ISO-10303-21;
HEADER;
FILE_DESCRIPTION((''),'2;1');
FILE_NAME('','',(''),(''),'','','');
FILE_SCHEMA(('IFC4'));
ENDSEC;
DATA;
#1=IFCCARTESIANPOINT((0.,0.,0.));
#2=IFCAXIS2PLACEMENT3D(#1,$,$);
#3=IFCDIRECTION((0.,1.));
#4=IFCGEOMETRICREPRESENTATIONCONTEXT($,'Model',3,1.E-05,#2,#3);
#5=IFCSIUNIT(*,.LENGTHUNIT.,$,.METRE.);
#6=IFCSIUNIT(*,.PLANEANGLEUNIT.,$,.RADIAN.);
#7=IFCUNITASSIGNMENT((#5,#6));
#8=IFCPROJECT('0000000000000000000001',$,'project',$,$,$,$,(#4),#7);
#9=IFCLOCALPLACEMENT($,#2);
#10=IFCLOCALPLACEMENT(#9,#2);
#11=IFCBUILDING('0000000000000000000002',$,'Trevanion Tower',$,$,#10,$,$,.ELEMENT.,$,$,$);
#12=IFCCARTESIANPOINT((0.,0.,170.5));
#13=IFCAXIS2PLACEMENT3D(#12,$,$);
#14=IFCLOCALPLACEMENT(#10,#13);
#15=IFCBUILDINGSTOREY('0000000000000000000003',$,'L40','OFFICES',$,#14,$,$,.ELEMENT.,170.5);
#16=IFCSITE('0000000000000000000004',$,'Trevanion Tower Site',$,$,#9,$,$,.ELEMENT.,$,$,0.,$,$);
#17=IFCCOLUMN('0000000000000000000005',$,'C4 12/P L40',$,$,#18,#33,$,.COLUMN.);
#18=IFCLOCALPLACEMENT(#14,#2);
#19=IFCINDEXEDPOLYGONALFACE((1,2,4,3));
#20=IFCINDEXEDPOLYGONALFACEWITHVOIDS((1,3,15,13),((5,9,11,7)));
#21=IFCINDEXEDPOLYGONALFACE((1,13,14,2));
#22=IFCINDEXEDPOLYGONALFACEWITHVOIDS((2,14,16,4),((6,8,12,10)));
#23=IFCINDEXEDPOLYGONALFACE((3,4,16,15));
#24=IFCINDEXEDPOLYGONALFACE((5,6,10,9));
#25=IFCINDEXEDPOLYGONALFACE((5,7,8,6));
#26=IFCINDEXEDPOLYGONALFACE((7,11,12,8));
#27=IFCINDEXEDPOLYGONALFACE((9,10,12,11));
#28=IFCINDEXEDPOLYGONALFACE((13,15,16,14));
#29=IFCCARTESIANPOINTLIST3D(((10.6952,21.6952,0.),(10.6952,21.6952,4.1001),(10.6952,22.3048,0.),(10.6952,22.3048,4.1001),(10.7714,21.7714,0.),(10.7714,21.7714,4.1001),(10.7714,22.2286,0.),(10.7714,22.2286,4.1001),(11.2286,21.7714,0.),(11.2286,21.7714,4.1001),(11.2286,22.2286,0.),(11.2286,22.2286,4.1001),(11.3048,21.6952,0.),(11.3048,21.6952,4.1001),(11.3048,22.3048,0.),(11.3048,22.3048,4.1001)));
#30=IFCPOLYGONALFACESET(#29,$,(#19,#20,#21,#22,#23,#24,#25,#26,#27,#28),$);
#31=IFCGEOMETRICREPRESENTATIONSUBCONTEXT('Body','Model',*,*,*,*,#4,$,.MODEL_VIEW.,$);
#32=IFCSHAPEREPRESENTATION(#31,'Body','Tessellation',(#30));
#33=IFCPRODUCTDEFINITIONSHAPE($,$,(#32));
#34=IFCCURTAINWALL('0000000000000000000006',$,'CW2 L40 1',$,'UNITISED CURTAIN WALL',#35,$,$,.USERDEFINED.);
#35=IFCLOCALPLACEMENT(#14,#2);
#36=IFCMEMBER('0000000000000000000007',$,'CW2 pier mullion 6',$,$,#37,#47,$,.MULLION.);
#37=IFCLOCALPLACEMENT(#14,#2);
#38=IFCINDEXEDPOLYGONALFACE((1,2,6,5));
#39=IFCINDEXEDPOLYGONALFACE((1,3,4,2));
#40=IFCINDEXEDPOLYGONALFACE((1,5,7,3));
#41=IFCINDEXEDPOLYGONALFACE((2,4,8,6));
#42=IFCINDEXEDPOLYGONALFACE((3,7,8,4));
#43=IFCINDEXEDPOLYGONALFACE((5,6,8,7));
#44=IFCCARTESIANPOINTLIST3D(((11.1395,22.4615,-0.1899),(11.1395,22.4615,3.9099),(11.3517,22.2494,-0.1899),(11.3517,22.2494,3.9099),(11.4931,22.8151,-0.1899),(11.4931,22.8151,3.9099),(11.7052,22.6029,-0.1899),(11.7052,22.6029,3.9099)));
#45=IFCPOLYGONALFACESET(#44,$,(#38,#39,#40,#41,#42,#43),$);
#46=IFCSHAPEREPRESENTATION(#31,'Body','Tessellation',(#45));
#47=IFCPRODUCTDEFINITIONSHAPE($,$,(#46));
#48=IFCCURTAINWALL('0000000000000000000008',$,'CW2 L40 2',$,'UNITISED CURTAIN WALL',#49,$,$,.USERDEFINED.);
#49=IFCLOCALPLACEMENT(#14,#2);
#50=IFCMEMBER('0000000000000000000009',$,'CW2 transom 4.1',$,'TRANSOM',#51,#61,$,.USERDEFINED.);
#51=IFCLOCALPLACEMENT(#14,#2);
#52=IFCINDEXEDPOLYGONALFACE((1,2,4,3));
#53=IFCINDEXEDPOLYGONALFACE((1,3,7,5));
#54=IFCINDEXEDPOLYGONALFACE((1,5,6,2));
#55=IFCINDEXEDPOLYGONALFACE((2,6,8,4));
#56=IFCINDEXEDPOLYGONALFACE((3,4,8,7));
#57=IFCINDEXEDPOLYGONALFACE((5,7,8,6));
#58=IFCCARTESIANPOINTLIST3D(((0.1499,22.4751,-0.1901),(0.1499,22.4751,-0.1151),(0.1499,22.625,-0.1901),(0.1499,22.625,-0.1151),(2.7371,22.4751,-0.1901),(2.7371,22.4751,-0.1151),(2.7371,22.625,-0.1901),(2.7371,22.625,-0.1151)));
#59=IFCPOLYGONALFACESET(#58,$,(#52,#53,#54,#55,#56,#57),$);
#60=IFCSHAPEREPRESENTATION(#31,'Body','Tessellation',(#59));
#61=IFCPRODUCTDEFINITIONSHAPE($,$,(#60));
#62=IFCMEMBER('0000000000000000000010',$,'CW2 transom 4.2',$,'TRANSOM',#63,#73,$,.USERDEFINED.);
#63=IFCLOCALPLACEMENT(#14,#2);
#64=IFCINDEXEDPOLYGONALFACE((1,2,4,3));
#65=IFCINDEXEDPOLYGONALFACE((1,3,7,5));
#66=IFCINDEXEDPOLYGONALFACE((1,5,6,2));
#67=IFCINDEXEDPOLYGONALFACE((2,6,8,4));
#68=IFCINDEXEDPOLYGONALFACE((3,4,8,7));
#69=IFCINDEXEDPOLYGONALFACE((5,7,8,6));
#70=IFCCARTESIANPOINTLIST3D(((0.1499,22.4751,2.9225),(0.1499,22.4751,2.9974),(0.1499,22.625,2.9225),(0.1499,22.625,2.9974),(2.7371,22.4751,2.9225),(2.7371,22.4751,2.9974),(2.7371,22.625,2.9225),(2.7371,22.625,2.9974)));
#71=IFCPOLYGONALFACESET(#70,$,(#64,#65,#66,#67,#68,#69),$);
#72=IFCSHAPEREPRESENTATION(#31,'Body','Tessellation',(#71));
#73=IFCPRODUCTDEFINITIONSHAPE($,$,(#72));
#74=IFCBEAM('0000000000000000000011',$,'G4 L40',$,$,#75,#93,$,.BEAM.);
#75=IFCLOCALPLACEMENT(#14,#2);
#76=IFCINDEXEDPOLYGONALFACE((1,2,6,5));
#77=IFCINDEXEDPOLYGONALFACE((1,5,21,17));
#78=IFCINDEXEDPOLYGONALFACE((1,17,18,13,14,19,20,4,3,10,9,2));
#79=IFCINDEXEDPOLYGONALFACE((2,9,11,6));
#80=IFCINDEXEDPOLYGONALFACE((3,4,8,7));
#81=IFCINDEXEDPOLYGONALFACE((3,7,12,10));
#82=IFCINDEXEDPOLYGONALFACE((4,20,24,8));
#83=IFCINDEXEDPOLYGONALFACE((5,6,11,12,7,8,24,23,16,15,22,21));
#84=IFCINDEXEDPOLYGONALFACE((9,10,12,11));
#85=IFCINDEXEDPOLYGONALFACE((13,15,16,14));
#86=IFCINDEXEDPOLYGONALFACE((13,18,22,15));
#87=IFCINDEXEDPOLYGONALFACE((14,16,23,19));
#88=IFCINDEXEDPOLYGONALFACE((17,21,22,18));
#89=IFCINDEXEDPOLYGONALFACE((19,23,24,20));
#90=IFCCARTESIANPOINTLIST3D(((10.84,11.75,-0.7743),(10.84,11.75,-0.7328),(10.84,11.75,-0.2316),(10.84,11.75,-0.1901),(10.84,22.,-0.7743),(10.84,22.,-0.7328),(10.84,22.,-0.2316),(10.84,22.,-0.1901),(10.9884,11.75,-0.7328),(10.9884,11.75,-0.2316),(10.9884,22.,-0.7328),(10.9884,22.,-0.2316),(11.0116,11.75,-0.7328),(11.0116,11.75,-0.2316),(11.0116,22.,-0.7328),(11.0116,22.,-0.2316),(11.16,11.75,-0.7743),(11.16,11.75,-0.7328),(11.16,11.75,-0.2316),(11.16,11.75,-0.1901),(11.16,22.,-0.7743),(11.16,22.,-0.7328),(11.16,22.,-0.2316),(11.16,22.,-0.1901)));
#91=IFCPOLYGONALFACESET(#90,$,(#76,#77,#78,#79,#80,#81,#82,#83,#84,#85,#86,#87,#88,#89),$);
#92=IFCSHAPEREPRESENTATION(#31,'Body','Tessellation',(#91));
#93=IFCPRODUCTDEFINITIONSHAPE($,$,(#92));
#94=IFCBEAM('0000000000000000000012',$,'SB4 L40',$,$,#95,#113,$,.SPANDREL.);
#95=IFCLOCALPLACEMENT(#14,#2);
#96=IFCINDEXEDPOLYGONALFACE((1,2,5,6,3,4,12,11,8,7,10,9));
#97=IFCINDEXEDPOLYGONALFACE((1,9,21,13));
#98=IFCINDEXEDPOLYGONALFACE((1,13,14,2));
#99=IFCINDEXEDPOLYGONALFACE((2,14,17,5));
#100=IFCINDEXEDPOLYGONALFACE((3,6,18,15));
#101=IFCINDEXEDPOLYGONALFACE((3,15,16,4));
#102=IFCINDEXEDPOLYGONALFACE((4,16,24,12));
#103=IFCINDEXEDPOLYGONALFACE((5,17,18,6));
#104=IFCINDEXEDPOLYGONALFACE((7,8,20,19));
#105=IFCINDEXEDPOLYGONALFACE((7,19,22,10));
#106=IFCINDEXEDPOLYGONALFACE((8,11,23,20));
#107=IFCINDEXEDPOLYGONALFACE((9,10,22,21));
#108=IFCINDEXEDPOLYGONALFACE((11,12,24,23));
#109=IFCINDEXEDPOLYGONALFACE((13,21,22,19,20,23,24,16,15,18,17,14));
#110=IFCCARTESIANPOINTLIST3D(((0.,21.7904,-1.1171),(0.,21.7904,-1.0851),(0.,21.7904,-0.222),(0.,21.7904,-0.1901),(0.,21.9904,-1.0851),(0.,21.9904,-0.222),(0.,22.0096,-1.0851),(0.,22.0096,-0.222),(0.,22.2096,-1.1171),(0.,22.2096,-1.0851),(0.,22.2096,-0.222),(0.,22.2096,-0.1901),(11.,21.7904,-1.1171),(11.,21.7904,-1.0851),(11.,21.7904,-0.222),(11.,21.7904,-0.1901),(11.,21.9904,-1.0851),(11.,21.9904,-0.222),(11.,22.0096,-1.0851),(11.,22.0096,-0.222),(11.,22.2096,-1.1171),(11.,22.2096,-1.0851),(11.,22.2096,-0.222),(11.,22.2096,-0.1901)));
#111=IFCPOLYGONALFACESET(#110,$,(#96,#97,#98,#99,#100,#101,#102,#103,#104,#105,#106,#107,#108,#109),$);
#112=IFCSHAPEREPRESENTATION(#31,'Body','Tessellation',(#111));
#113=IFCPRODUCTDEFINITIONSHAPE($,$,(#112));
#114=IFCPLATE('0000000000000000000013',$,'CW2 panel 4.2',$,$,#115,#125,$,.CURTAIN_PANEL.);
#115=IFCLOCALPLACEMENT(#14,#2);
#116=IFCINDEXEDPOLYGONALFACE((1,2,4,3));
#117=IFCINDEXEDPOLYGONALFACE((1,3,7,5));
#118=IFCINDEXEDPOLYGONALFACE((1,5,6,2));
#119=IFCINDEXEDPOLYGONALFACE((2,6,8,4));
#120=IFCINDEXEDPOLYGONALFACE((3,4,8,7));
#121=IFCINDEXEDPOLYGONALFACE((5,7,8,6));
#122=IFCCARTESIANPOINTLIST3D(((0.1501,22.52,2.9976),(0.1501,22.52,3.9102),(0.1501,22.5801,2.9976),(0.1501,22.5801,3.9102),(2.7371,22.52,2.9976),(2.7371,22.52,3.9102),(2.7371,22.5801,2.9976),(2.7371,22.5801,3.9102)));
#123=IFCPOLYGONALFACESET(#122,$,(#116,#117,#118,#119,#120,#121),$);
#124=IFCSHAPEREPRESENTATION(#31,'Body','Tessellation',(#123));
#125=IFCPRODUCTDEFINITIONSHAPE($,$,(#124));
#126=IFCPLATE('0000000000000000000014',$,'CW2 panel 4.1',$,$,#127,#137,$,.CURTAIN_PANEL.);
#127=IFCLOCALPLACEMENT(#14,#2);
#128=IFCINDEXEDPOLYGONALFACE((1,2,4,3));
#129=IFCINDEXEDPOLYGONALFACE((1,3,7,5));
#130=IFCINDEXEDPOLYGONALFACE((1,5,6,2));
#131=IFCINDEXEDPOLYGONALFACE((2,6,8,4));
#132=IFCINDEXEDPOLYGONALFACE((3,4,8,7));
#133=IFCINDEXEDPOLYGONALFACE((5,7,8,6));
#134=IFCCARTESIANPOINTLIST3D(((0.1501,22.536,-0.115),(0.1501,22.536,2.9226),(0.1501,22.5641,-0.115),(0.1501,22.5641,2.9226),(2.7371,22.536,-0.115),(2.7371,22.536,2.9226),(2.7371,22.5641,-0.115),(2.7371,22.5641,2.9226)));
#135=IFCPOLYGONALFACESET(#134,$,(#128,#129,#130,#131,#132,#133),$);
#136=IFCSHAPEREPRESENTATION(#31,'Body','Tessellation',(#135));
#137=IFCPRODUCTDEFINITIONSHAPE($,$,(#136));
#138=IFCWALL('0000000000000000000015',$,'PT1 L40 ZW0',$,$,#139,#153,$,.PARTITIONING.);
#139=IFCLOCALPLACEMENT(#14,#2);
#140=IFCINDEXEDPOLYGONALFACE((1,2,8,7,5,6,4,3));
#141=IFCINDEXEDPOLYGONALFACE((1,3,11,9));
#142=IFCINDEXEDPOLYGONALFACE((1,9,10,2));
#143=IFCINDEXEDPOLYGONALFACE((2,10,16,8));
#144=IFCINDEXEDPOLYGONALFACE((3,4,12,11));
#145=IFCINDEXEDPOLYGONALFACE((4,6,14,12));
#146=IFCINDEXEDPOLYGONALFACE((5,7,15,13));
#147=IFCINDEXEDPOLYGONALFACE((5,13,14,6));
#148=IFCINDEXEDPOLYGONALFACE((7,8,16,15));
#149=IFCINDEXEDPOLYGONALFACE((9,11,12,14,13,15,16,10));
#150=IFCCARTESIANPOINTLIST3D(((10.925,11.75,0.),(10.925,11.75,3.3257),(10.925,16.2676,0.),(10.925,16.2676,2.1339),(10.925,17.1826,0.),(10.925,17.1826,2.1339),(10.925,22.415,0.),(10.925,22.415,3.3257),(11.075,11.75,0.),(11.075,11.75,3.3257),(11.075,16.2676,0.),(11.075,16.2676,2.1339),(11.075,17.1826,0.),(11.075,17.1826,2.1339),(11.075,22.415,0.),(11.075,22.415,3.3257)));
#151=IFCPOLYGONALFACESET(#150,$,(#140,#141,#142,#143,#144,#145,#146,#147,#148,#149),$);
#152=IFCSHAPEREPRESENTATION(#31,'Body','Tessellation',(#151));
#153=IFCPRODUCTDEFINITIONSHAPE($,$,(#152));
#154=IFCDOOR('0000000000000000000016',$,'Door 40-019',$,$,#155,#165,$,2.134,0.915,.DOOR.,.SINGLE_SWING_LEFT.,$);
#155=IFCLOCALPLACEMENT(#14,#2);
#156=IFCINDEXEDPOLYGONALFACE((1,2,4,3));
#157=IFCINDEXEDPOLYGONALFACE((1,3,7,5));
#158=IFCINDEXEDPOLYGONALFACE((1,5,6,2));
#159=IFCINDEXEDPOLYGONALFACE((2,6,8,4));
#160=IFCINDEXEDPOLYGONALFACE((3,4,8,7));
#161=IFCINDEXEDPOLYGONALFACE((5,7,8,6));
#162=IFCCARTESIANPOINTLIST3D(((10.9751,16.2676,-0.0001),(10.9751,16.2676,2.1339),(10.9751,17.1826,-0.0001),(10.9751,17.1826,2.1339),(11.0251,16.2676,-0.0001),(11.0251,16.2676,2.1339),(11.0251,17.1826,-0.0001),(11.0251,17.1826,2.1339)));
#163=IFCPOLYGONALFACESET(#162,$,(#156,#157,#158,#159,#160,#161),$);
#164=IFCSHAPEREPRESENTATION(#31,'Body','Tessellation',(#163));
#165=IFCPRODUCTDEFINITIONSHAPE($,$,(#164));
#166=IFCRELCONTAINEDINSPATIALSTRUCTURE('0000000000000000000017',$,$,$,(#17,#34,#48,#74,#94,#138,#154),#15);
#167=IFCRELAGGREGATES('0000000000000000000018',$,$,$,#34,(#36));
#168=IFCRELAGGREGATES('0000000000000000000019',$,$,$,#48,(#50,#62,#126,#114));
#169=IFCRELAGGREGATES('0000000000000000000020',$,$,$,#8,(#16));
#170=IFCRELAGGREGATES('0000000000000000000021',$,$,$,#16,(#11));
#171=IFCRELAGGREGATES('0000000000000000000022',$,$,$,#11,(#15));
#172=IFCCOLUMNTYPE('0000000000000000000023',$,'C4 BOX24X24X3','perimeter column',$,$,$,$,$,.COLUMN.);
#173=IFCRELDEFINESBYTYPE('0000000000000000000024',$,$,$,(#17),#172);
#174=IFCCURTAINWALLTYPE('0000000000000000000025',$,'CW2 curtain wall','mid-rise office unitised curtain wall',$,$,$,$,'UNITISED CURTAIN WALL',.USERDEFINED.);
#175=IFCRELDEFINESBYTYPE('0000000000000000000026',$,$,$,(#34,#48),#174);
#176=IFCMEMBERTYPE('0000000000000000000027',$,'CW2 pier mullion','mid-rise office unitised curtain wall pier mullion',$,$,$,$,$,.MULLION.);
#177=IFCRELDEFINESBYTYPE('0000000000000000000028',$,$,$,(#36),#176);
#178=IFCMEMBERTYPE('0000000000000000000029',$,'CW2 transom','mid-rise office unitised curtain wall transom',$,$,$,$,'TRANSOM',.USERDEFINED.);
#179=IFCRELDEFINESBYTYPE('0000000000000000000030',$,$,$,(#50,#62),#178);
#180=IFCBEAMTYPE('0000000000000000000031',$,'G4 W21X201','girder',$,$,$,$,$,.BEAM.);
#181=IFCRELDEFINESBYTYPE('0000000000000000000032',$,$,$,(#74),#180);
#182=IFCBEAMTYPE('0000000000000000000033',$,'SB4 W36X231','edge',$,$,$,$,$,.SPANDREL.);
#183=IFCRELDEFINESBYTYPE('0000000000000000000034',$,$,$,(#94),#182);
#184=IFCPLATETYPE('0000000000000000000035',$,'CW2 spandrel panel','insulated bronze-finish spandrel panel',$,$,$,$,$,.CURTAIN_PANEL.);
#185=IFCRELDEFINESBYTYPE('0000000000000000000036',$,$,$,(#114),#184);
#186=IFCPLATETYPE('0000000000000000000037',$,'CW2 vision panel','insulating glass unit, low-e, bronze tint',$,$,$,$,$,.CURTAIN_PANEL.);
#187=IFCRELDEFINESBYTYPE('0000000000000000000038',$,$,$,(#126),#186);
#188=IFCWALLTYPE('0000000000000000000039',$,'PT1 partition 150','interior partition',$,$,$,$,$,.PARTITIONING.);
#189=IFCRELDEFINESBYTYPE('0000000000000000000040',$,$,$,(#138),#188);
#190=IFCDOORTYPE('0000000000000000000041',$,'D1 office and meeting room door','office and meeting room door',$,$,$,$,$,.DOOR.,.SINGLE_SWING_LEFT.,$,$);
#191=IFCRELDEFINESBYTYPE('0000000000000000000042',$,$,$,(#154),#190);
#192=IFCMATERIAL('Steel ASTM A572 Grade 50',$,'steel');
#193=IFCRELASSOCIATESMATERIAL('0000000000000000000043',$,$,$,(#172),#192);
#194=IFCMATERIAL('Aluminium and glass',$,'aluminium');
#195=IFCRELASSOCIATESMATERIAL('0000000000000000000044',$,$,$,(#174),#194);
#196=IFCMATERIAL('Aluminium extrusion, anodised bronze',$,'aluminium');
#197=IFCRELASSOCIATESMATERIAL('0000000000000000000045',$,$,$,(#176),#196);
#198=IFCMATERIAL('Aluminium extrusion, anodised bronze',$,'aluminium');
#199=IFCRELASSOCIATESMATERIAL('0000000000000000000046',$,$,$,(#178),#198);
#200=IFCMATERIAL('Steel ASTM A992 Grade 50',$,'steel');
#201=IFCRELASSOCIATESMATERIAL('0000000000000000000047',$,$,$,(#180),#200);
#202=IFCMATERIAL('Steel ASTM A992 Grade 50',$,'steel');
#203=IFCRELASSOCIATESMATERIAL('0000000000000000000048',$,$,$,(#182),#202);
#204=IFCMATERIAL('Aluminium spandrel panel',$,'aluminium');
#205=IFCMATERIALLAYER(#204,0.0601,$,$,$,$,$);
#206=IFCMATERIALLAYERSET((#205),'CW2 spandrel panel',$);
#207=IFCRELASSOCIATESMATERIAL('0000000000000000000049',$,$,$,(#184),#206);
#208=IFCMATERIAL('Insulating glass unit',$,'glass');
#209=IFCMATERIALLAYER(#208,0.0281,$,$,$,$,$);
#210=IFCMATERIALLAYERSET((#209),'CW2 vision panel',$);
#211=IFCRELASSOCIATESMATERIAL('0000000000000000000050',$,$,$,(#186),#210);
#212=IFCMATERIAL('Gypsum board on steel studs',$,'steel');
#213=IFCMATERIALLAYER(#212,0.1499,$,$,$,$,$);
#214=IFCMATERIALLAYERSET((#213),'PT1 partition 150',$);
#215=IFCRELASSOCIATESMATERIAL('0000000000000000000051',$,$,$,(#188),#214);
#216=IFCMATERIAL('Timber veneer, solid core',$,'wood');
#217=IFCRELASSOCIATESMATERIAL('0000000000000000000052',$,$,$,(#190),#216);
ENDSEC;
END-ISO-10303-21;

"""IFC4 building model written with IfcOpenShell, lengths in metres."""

from ifc_helpers import new_model, si_unit, direction, frame, frame_2d, origin, origin_2d, place, context, subcontext, project, spatial, rectangle, hollow_rectangle, i_section, extrude, material, layer, layer_set, material_profile, profile_set, type_object, element, fill, aggregate, save


model = new_model("IFC4")

# Units and contexts
model_context = context("Model", 3, precision=1e-05, world=origin(), true_north=direction((0.0, 1.0)))
body_context = subcontext(model_context, "Body", "Model", "MODEL_VIEW")
ifc_project = project(units=[si_unit("LENGTHUNIT", "METRE"), si_unit("PLANEANGLEUNIT", "RADIAN")], contexts=[model_context])

# Site, building, storey
site_placement = place(None, origin())
site = spatial("IfcSite", under=ifc_project, at=site_placement, Name="Trevanion Tower Site", CompositionType="ELEMENT", RefElevation=0.0)
building_placement = place(site_placement, origin())
building = spatial("IfcBuilding", under=site, at=building_placement, Name="Trevanion Tower", CompositionType="ELEMENT")
storey_placement = place(building_placement, frame((0.0, 0.0, 170.5)))
storey = spatial("IfcBuildingStorey", under=building, at=storey_placement, Name="L40", Description="OFFICES", CompositionType="ELEMENT", Elevation=170.5)

# Column
ifc_material_1 = material(Name="Steel ASTM A572 Grade 50", Category="steel")
ifc_material_profile_1 = material_profile(ifc_material_1, hollow_rectangle(XDim=0.6096, YDim=0.6096, WallThickness=0.0762, at=origin_2d()), Name="BOX24X24X3")
ifc_profile_set_1 = profile_set([ifc_material_profile_1], Name="Steel ASTM A572 Grade 50")
column_type = type_object("IfcColumnType", Name="C4 BOX24X24X3", Description="perimeter column", PredefinedType="COLUMN", material=ifc_profile_set_1)
column_placement = place(storey_placement, frame((11.0, 22.0, 0.0), z_axis=(0.0, 0.0, 1.0), x_axis=(1.0, 0.0, 0.0)))
element("IfcColumn", 1, at=column_placement, inside=storey, type_object=column_type, Name="C4 12/P L40", PredefinedType="COLUMN", context=body_context, shape_type="SweptSolid", body=[
    extrude(hollow_rectangle(XDim=0.6096, YDim=0.6096, WallThickness=0.0762, at=origin_2d()), origin(), (0.0, 0.0, 1.0), 4.1001),
])

# Curtain wall, member
ifc_material_2 = material(Name="Aluminium and glass", Category="aluminium")
curtain_wall_type = type_object("IfcCurtainWallType", Name="CW2 curtain wall", Description="mid-rise office unitised curtain wall", ElementType="UNITISED CURTAIN WALL", PredefinedType="USERDEFINED", material=ifc_material_2)
curtain_wall_1_placement = place(storey_placement, origin())
curtain_wall_1 = element("IfcCurtainWall", 2, at=curtain_wall_1_placement, inside=storey, type_object=curtain_wall_type, Name="CW2 L40 1", ObjectType="UNITISED CURTAIN WALL", PredefinedType="USERDEFINED")
ifc_material_3 = material(Name="Aluminium extrusion, anodised bronze", Category="aluminium")
ifc_material_profile_2 = material_profile(ifc_material_3, rectangle(XDim=0.3, YDim=0.5, at=origin_2d()), Name="CW2 pier mullion")
ifc_profile_set_2 = profile_set([ifc_material_profile_2], Name="Aluminium extrusion, anodised bronze")
member_type_1 = type_object("IfcMemberType", Name="CW2 pier mullion", Description="mid-rise office unitised curtain wall pier mullion", PredefinedType="MULLION", material=ifc_profile_set_2)
member_1_placement = place(storey_placement, frame((11.4224, 22.5322, -0.1899), z_axis=(0.0, 0.0, 1.0), x_axis=(-0.707107, 0.707107, 0.0)))
member_1 = element("IfcMember", 3, at=member_1_placement, type_object=member_type_1, Name="CW2 pier mullion 6", PredefinedType="MULLION", context=body_context, shape_type="SweptSolid", body=[
    extrude(rectangle(XDim=0.3, YDim=0.5, at=origin_2d()), origin(), (0.0, 0.0, 1.0), 4.0999),
])
aggregate(curtain_wall_1, [member_1])

# Curtain wall, members
curtain_wall_2_placement = place(storey_placement, origin())
curtain_wall_2 = element("IfcCurtainWall", 4, at=curtain_wall_2_placement, inside=storey, type_object=curtain_wall_type, Name="CW2 L40 2", ObjectType="UNITISED CURTAIN WALL", PredefinedType="USERDEFINED")
ifc_material_4 = material(Name="Aluminium extrusion, anodised bronze", Category="aluminium")
ifc_material_profile_3 = material_profile(ifc_material_4, rectangle(XDim=0.1499, YDim=0.075, at=origin_2d()), Name="CW2 transom")
ifc_profile_set_3 = profile_set([ifc_material_profile_3], Name="Aluminium extrusion, anodised bronze")
member_type_2 = type_object("IfcMemberType", Name="CW2 transom", Description="mid-rise office unitised curtain wall transom", ElementType="TRANSOM", PredefinedType="USERDEFINED", material=ifc_profile_set_3)
member_2_placement = place(storey_placement, frame((2.7371, 22.55, -0.1526), z_axis=(-1.0, 0.0, 0.0), x_axis=(0.0, -1.0, 0.0)))
member_2 = element("IfcMember", 5, at=member_2_placement, type_object=member_type_2, Name="CW2 transom 4.1", ObjectType="TRANSOM", PredefinedType="USERDEFINED", context=body_context, shape_type="SweptSolid", body=[
    extrude(rectangle(XDim=0.1499, YDim=0.075, at=origin_2d()), origin(), (0.0, 0.0, 1.0), 2.5872),
])
member_3_placement = place(storey_placement, frame((2.7371, 22.55, 2.96), z_axis=(-1.0, 0.0, 0.0), x_axis=(0.0, -1.0, 0.0)))
member_3 = element("IfcMember", 6, at=member_3_placement, type_object=member_type_2, Name="CW2 transom 4.2", ObjectType="TRANSOM", PredefinedType="USERDEFINED", context=body_context, shape_type="SweptSolid", body=[
    extrude(rectangle(XDim=0.1499, YDim=0.075, at=origin_2d()), origin(), (0.0, 0.0, 1.0), 2.5872),
])

# Beams
ifc_material_5 = material(Name="Steel ASTM A992 Grade 50", Category="steel")
ifc_material_profile_4 = material_profile(ifc_material_5, i_section(OverallWidth=0.3201, OverallDepth=0.5842, WebThickness=0.0232, FlangeThickness=0.0415, at=origin_2d()), Name="W21X201")
ifc_profile_set_4 = profile_set([ifc_material_profile_4], Name="Steel ASTM A992 Grade 50")
beam_type_1 = type_object("IfcBeamType", Name="G4 W21X201", Description="girder", PredefinedType="BEAM", material=ifc_profile_set_4)
beam_1_placement = place(storey_placement, frame((11.0, 11.75, -0.4822), z_axis=(0.0, 1.0, 0.0), x_axis=(-1.0, 0.0, 0.0)))
element("IfcBeam", 7, at=beam_1_placement, inside=storey, type_object=beam_type_1, Name="G4 L40", PredefinedType="BEAM", context=body_context, shape_type="SweptSolid", body=[
    extrude(i_section(OverallWidth=0.3201, OverallDepth=0.5842, WebThickness=0.0232, FlangeThickness=0.0415, at=origin_2d()), origin(), (0.0, 0.0, 1.0), 10.25),
])
ifc_material_6 = material(Name="Steel ASTM A992 Grade 50", Category="steel")
ifc_material_profile_5 = material_profile(ifc_material_6, i_section(OverallWidth=0.4192, OverallDepth=0.927, WebThickness=0.0193, FlangeThickness=0.032, at=origin_2d()), Name="W36X231")
ifc_profile_set_5 = profile_set([ifc_material_profile_5], Name="Steel ASTM A992 Grade 50")
beam_type_2 = type_object("IfcBeamType", Name="SB4 W36X231", Description="edge", PredefinedType="SPANDREL", material=ifc_profile_set_5)
beam_2_placement = place(storey_placement, frame((11.0, 22.0, -0.6536), z_axis=(-1.0, 0.0, 0.0), x_axis=(0.0, -1.0, 0.0)))
element("IfcBeam", 8, at=beam_2_placement, inside=storey, type_object=beam_type_2, Name="SB4 L40", PredefinedType="SPANDREL", context=body_context, shape_type="SweptSolid", body=[
    extrude(i_section(OverallWidth=0.4192, OverallDepth=0.927, WebThickness=0.0193, FlangeThickness=0.032, at=origin_2d()), origin(), (0.0, 0.0, 1.0), 11.0),
])

# Plates
ifc_material_7 = material(Name="Aluminium spandrel panel", Category="aluminium")
ifc_layer_1 = layer(ifc_material_7, 0.0601)
ifc_layer_set_1 = layer_set([ifc_layer_1], Name="CW2 spandrel panel")
plate_type_1 = type_object("IfcPlateType", Name="CW2 spandrel panel", Description="insulated bronze-finish spandrel panel", PredefinedType="CURTAIN_PANEL", material=ifc_layer_set_1)
plate_1_placement = place(storey_placement, frame((1.4436, 22.55, 2.9976), z_axis=(0.0, 0.0, 1.0), x_axis=(-1.0, 0.0, 0.0)))
plate_1 = element("IfcPlate", 9, at=plate_1_placement, type_object=plate_type_1, Name="CW2 panel 4.2", PredefinedType="CURTAIN_PANEL", context=body_context, shape_type="SweptSolid", body=[
    extrude(rectangle(XDim=2.5869, YDim=0.0601, at=origin_2d()), origin(), (0.0, 0.0, 1.0), 0.9126),
])
ifc_material_8 = material(Name="Insulating glass unit", Category="glass")
ifc_layer_2 = layer(ifc_material_8, 0.0281)
ifc_layer_set_2 = layer_set([ifc_layer_2], Name="CW2 vision panel")
plate_type_2 = type_object("IfcPlateType", Name="CW2 vision panel", Description="insulating glass unit, low-e, bronze tint", PredefinedType="CURTAIN_PANEL", material=ifc_layer_set_2)
plate_2_placement = place(storey_placement, frame((1.4436, 22.55, -0.115), z_axis=(0.0, 0.0, 1.0), x_axis=(-1.0, 0.0, 0.0)))
plate_2 = element("IfcPlate", 10, at=plate_2_placement, type_object=plate_type_2, Name="CW2 panel 4.1", PredefinedType="CURTAIN_PANEL", context=body_context, shape_type="SweptSolid", body=[
    extrude(rectangle(XDim=2.5869, YDim=0.0281, at=origin_2d()), origin(), (0.0, 0.0, 1.0), 3.0376),
])
aggregate(curtain_wall_2, [member_2, member_3, plate_2, plate_1])

# Wall, opening, door
ifc_material_9 = material(Name="Gypsum board on steel studs", Category="steel")
ifc_layer_3 = layer(ifc_material_9, 0.1499)
ifc_layer_set_3 = layer_set([ifc_layer_3], Name="PT1 partition 150")
wall_type = type_object("IfcWallType", Name="PT1 partition 150", Description="interior partition", PredefinedType="PARTITIONING", material=ifc_layer_set_3)
wall_1_placement = place(storey_placement, frame((11.0, 11.75, 0.0), z_axis=(0.0, 0.0, 1.0), x_axis=(0.0, 1.0, 0.0)))
wall_1 = element("IfcWall", 11, at=wall_1_placement, inside=storey, type_object=wall_type, Name="PT1 L40 ZW0", PredefinedType="PARTITIONING", context=body_context, shape_type="SweptSolid", body=[
    extrude(rectangle(XDim=10.665, YDim=0.1499, at=frame_2d((5.3325, 0.0))), origin(), (0.0, 0.0, 1.0), 3.3257),
])
opening_1_placement = place(wall_1_placement, frame((4.5176, 0.0, 0.0)))
opening_1 = element("IfcOpeningElement", 12, at=opening_1_placement, cuts=wall_1, PredefinedType="OPENING", context=body_context, shape_type="SweptSolid", body=[
    extrude(rectangle(XDim=0.915, YDim=2.134, at=frame_2d((0.4575, 1.0669))), frame((0.0, 0.085, 0.0), z_axis=(0.0, -1.0, 0.0), x_axis=(1.0, 0.0, 0.0)), (0.0, 0.0, 1.0), 0.1699),
])
ifc_material_10 = material(Name="Timber veneer, solid core", Category="wood")
door_type = type_object("IfcDoorType", Name="D1 office and meeting room door", Description="office and meeting room door", OperationType="SINGLE_SWING_LEFT", PredefinedType="DOOR", material=ifc_material_10)
door_1_placement = place(opening_1_placement, origin())
door_1 = element("IfcDoor", 13, at=door_1_placement, inside=storey, type_object=door_type, Name="Door 40-019", OperationType="SINGLE_SWING_LEFT", OverallHeight=2.134, OverallWidth=0.915, PredefinedType="DOOR", context=body_context, shape_type="SweptSolid", body=[
    extrude(rectangle(XDim=0.915, YDim=2.134, at=frame_2d((0.4575, 1.0669))), frame((0.0, 0.0249, 0.0), z_axis=(0.0, -1.0, 0.0), x_axis=(1.0, 0.0, 0.0)), (0.0, 0.0, 1.0), 0.05),
])
fill(opening_1, door_1)

save(model, "model.ifc")
